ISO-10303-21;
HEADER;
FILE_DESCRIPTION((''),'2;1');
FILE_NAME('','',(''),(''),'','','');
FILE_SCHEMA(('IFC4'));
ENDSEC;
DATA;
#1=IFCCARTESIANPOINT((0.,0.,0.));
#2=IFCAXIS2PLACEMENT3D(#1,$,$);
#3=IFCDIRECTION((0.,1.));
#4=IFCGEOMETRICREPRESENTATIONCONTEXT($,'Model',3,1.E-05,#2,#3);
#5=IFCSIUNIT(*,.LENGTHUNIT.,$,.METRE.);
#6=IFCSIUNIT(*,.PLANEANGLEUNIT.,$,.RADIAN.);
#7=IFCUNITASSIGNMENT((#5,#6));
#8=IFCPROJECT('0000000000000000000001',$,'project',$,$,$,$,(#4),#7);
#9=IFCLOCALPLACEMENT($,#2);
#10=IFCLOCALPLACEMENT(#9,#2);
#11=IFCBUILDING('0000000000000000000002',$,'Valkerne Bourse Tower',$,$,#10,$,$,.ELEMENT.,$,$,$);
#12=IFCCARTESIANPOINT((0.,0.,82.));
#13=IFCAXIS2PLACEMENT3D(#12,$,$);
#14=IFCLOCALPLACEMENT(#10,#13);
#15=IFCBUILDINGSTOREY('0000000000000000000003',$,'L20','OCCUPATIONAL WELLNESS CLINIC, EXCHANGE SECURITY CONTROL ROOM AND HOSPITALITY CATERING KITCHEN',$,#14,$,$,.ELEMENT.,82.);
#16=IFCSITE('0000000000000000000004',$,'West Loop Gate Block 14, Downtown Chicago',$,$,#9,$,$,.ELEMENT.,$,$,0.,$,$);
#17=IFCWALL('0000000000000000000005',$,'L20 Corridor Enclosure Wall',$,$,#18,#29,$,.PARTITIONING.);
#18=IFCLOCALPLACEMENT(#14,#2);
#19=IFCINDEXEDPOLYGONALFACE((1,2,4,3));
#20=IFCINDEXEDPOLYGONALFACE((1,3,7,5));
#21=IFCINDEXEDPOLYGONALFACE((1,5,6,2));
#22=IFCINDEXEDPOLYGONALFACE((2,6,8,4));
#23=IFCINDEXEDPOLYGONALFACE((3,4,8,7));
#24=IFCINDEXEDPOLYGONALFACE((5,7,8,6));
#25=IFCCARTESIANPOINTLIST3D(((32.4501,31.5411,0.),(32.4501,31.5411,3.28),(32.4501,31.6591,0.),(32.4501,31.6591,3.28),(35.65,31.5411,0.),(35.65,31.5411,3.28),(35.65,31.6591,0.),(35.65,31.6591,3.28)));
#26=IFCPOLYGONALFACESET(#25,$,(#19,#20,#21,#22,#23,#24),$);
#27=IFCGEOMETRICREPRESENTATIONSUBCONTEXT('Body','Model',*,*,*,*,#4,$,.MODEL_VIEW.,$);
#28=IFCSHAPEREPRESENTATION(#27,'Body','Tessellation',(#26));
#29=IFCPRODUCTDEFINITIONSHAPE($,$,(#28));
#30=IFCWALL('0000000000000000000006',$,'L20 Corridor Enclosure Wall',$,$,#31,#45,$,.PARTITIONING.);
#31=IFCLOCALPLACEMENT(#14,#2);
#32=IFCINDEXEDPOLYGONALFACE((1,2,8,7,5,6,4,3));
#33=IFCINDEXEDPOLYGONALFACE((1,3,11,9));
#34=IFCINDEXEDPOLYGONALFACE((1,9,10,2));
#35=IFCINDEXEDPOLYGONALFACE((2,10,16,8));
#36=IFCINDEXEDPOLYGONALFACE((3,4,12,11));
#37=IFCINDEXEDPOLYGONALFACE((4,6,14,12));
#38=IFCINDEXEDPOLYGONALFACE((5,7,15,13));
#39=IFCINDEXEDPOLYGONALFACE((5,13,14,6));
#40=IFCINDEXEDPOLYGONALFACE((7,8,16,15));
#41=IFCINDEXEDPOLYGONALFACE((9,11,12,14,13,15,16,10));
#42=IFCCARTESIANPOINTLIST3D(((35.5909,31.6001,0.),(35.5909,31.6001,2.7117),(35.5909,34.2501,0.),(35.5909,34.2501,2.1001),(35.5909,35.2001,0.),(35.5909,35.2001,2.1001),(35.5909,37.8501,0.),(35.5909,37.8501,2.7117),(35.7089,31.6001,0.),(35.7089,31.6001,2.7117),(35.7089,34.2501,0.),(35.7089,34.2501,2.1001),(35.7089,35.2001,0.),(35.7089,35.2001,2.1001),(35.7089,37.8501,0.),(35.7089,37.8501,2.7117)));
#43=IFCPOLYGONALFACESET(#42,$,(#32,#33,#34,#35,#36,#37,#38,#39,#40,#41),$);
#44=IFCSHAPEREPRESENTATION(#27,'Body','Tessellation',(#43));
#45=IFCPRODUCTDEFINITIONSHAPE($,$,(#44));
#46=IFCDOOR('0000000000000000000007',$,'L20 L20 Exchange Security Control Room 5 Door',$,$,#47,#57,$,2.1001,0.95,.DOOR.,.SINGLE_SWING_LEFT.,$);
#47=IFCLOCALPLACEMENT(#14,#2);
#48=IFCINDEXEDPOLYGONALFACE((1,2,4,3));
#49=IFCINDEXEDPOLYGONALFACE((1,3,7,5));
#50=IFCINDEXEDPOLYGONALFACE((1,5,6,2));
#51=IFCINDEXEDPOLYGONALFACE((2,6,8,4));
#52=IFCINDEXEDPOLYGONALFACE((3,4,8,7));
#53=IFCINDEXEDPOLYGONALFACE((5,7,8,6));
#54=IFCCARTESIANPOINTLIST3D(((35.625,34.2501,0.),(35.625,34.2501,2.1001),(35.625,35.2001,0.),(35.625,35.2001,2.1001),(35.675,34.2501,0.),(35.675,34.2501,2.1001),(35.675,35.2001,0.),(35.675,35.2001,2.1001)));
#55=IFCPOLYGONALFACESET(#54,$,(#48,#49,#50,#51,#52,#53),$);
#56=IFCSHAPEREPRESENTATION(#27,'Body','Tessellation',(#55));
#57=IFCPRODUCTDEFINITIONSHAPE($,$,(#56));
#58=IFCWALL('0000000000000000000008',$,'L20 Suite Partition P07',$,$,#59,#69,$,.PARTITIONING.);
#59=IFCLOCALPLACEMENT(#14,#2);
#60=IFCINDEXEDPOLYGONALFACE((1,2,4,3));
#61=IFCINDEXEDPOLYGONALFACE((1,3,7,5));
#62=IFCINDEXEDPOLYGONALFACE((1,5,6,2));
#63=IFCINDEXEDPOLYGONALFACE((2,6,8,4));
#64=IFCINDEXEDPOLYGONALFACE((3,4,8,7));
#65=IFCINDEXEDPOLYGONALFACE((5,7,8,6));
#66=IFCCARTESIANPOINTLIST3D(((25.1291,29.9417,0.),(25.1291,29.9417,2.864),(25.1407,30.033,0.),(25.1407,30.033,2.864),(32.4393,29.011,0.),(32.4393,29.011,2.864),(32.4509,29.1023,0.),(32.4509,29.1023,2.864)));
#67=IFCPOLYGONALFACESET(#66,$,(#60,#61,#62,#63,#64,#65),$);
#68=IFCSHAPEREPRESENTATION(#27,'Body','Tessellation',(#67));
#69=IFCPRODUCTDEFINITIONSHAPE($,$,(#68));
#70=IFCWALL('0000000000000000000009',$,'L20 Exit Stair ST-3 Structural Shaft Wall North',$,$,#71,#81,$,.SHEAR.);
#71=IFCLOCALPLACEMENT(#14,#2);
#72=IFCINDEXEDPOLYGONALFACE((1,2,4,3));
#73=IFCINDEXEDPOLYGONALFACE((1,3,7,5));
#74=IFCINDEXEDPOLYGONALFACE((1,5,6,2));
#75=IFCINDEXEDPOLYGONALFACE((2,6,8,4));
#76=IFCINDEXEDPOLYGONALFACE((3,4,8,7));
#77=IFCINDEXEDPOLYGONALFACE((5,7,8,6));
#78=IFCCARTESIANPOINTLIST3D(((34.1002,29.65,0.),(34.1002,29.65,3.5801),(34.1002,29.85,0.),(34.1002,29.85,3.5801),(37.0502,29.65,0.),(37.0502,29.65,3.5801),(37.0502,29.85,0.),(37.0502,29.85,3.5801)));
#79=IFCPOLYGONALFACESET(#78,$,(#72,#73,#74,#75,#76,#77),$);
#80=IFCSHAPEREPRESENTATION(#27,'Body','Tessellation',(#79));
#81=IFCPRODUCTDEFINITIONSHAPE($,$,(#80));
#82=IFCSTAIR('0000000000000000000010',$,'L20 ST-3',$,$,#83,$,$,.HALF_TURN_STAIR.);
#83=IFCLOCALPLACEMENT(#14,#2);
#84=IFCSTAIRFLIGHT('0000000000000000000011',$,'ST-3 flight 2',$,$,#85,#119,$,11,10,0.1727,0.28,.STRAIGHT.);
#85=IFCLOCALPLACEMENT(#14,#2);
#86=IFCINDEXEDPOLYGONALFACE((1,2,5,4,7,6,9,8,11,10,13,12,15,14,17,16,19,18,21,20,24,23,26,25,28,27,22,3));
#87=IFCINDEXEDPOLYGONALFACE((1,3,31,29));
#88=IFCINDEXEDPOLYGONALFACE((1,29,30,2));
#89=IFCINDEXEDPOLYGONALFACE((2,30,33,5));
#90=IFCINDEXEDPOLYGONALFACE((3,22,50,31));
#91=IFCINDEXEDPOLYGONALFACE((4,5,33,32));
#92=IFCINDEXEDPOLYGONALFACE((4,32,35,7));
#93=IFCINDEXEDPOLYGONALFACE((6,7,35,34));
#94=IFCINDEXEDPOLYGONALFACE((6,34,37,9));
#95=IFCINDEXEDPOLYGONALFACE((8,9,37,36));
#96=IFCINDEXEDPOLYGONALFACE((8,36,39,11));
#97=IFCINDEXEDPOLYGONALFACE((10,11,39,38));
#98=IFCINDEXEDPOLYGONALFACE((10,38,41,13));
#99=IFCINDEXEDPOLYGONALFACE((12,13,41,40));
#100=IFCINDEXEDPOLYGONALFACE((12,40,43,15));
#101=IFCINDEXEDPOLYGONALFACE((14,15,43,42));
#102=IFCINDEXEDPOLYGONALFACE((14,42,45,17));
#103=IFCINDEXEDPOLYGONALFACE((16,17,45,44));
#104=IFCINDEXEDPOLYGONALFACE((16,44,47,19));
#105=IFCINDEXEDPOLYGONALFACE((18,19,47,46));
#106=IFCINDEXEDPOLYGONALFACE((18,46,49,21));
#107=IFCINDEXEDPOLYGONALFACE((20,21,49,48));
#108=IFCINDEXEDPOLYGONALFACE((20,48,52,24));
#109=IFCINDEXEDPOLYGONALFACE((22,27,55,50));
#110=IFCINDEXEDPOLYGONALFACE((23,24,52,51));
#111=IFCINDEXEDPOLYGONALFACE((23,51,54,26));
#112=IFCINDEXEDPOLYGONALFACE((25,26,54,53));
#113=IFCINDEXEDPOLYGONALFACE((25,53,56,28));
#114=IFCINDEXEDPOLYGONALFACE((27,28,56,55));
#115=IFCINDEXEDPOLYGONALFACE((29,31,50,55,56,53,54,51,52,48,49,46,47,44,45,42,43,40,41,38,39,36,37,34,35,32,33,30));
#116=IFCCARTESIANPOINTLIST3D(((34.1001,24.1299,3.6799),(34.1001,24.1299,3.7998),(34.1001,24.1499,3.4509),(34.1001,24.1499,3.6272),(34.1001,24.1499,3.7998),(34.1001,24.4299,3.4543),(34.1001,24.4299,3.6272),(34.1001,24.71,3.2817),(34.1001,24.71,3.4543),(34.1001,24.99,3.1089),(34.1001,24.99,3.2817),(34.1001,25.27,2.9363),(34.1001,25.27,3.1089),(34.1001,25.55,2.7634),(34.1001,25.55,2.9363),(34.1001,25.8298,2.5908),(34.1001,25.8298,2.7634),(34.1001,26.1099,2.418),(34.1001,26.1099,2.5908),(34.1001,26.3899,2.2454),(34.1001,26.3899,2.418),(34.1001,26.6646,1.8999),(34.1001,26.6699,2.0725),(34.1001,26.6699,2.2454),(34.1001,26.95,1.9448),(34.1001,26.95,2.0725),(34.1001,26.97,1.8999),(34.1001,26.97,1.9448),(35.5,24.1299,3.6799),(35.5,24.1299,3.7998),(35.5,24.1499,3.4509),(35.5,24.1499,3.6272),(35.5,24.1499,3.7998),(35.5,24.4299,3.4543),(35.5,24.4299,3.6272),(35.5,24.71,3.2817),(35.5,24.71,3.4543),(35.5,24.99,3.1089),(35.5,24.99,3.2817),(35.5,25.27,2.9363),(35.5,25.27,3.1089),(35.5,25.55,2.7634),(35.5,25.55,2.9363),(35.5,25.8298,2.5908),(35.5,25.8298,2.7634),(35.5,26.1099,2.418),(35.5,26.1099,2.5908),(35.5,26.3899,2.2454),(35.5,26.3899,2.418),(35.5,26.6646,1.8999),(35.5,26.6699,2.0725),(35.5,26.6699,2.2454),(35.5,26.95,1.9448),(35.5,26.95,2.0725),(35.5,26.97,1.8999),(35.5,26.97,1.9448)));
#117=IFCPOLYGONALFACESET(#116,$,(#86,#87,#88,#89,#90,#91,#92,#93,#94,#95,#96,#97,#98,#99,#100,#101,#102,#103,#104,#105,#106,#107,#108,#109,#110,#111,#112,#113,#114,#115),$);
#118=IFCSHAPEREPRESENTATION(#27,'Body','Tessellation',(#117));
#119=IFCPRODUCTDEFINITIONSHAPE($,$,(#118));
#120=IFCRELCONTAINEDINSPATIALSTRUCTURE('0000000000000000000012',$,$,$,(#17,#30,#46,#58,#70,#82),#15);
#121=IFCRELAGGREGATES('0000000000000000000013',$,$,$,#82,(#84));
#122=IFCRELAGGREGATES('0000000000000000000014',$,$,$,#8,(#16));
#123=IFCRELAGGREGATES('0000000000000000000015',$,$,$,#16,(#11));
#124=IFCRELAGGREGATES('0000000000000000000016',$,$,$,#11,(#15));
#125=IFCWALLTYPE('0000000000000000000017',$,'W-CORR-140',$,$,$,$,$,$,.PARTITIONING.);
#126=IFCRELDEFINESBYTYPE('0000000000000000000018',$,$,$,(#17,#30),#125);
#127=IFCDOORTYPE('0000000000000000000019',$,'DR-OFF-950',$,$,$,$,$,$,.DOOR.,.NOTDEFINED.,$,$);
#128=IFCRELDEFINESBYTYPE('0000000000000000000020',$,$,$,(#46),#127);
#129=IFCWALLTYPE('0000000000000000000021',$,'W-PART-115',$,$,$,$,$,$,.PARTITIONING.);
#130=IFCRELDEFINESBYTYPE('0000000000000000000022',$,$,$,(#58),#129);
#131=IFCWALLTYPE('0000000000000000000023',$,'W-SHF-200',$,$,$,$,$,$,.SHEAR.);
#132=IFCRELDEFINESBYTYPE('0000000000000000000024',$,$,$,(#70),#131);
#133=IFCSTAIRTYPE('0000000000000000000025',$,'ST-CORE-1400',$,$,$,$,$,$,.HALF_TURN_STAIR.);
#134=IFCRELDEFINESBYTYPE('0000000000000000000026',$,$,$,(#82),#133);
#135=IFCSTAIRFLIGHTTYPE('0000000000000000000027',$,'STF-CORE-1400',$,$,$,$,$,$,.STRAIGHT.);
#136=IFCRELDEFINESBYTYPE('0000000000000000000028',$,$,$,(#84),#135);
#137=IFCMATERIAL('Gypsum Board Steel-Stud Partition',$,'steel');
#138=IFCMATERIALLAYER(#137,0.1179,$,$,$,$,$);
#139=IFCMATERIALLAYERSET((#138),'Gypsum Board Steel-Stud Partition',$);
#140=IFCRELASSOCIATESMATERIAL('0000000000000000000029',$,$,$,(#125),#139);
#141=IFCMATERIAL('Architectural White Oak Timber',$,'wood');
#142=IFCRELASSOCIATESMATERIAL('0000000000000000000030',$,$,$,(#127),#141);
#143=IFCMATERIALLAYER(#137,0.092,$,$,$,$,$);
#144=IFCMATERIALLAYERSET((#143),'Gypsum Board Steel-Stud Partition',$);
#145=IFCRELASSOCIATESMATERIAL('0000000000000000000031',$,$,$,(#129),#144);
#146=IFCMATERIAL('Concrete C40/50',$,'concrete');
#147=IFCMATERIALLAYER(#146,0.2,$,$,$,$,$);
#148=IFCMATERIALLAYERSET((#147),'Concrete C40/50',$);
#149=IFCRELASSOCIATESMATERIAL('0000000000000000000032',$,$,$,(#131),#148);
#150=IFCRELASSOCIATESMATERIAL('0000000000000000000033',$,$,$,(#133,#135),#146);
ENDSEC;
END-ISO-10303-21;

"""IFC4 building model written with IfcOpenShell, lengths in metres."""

from ifc_helpers import new_model, si_unit, direction, frame, frame_2d, origin, place, context, subcontext, project, spatial, polyline, rectangle, outline, extrude, material, layer, layer_set, type_object, element, fill, aggregate, save


model = new_model("IFC4")

# Units and contexts
model_context = context("Model", 3, precision=1e-05, world=origin(), true_north=direction((0.0, 1.0)))
body_context = subcontext(model_context, "Body", "Model", "MODEL_VIEW")
ifc_project = project(units=[si_unit("LENGTHUNIT", "METRE"), si_unit("PLANEANGLEUNIT", "RADIAN")], contexts=[model_context])

# Site, building, storey
site_placement = place(None, origin())
site = spatial("IfcSite", under=ifc_project, at=site_placement, Name="West Loop Gate Block 14, Downtown Chicago", CompositionType="ELEMENT", RefElevation=0.0)
building_placement = place(site_placement, origin())
building = spatial("IfcBuilding", under=site, at=building_placement, Name="Valkerne Bourse Tower", CompositionType="ELEMENT")
storey_placement = place(building_placement, frame((0.0, 0.0, 82.0)))
storey = spatial("IfcBuildingStorey", under=building, at=storey_placement, Name="L20", Description="OCCUPATIONAL WELLNESS CLINIC, EXCHANGE SECURITY CONTROL ROOM AND HOSPITALITY CATERING KITCHEN", CompositionType="ELEMENT", Elevation=82.0)

# Shared definitions
ifc_material_1 = material(Name="Gypsum Board Steel-Stud Partition", Category="steel")
ifc_layer_1 = layer(ifc_material_1, 0.1179)
ifc_layer_set_1 = layer_set([ifc_layer_1], Name="Gypsum Board Steel-Stud Partition")
wall_type_1 = type_object("IfcWallType", Name="W-CORR-140", PredefinedType="PARTITIONING", material=ifc_layer_set_1)
ifc_material_2 = material(Name="Architectural White Oak Timber", Category="wood")
door_type = type_object("IfcDoorType", Name="DR-OFF-950", OperationType="NOTDEFINED", PredefinedType="DOOR", material=ifc_material_2)

# Wall
wall_1_placement = place(storey_placement, frame((32.45, 31.6001, 0.0), z_axis=(0.0, 0.0, 1.0), x_axis=(1.0, 0.0, 0.0)))
element("IfcWall", 1, at=wall_1_placement, inside=storey, type_object=wall_type_1, Name="L20 Corridor Enclosure Wall", PredefinedType="PARTITIONING", context=body_context, shape_type="SweptSolid", body=[
    extrude(rectangle(XDim=3.2, YDim=0.1179, at=frame_2d((1.6001, 0.0))), origin(), (0.0, 0.0, 1.0), 3.28),
])

# Wall, opening, door
wall_2_placement = place(storey_placement, frame((35.6499, 31.6001, 0.0), z_axis=(0.0, 0.0, 1.0), x_axis=(0.0, 1.0, 0.0)))
wall_2 = element("IfcWall", 2, at=wall_2_placement, inside=storey, type_object=wall_type_1, Name="L20 Corridor Enclosure Wall", PredefinedType="PARTITIONING", context=body_context, shape_type="SweptSolid", body=[
    extrude(rectangle(XDim=6.25, YDim=0.1179, at=frame_2d((3.125, 0.0))), origin(), (0.0, 0.0, 1.0), 2.7117),
])
opening_1_placement = place(wall_2_placement, frame((2.6499, 0.0, 0.0)))
opening_1 = element("IfcOpeningElement", 3, at=opening_1_placement, cuts=wall_2, PredefinedType="OPENING", context=body_context, shape_type="SweptSolid", body=[
    extrude(rectangle(XDim=0.95, YDim=2.1001, at=frame_2d((0.4751, 1.05))), frame((0.0, 0.0688, 0.0), z_axis=(0.0, -1.0, 0.0), x_axis=(1.0, 0.0, 0.0)), (0.0, 0.0, 1.0), 0.1379),
])
door_1_placement = place(opening_1_placement, origin())
door_1 = element("IfcDoor", 4, at=door_1_placement, inside=storey, type_object=door_type, Name="L20 L20 Exchange Security Control Room 5 Door", OperationType="SINGLE_SWING_LEFT", OverallHeight=2.1001, OverallWidth=0.95, PredefinedType="DOOR", context=body_context, shape_type="SweptSolid", body=[
    extrude(rectangle(XDim=0.95, YDim=2.1001, at=frame_2d((0.4751, 1.05))), frame((0.0, 0.0249, 0.0), z_axis=(0.0, -1.0, 0.0), x_axis=(1.0, 0.0, 0.0)), (0.0, 0.0, 1.0), 0.05),
])
fill(opening_1, door_1)

# Walls
ifc_layer_2 = layer(ifc_material_1, 0.092)
ifc_layer_set_2 = layer_set([ifc_layer_2], Name="Gypsum Board Steel-Stud Partition")
wall_type_2 = type_object("IfcWallType", Name="W-PART-115", PredefinedType="PARTITIONING", material=ifc_layer_set_2)
wall_3_placement = place(storey_placement, frame((32.4451, 29.0566, 0.0), z_axis=(0.0, 0.0, 1.0), x_axis=(-0.991993, 0.126293, 0.0)))
element("IfcWall", 5, at=wall_3_placement, inside=storey, type_object=wall_type_2, Name="L20 Suite Partition P07", PredefinedType="PARTITIONING", context=body_context, shape_type="SweptSolid", body=[
    extrude(rectangle(XDim=7.3691, YDim=0.092, at=frame_2d((3.6846, 0.0))), origin(), (0.0, 0.0, 1.0), 2.864),
])
ifc_material_3 = material(Name="Concrete C40/50", Category="concrete")
ifc_layer_3 = layer(ifc_material_3, 0.2)
ifc_layer_set_3 = layer_set([ifc_layer_3], Name="Concrete C40/50")
wall_type_3 = type_object("IfcWallType", Name="W-SHF-200", PredefinedType="SHEAR", material=ifc_layer_set_3)
wall_4_placement = place(storey_placement, frame((34.1001, 29.75, 0.0), z_axis=(0.0, 0.0, 1.0), x_axis=(1.0, 0.0, 0.0)))
element("IfcWall", 6, at=wall_4_placement, inside=storey, type_object=wall_type_3, Name="L20 Exit Stair ST-3 Structural Shaft Wall North", PredefinedType="SHEAR", context=body_context, shape_type="SweptSolid", body=[
    extrude(rectangle(XDim=2.95, YDim=0.2, at=frame_2d((1.4751, 0.0))), origin(), (0.0, 0.0, 1.0), 3.5801),
])

# Stair, stair flight
stair_type = type_object("IfcStairType", Name="ST-CORE-1400", PredefinedType="HALF_TURN_STAIR", material=ifc_material_3)
stair_placement = place(storey_placement, origin())
stair = element("IfcStair", 7, at=stair_placement, inside=storey, type_object=stair_type, Name="L20 ST-3", PredefinedType="HALF_TURN_STAIR")
stair_flight_type = type_object("IfcStairFlightType", Name="STF-CORE-1400", PredefinedType="STRAIGHT", material=ifc_material_3)
stair_flight_placement = place(storey_placement, frame((34.8, 26.95, 1.8999), z_axis=(0.0, 0.0, 1.0), x_axis=(0.0, -1.0, 0.0)))
stair_flight = element("IfcStairFlight", 8, at=stair_flight_placement, type_object=stair_flight_type, Name="ST-3 flight 2", NumberOfRisers=11, NumberOfTreads=10, PredefinedType="STRAIGHT", RiserHeight=0.1727, TreadLength=0.28, context=body_context, shape_type="SweptSolid", body=[
    extrude(outline(polyline([(-0.02, 0.0), (-0.02, 0.0449), (0.0, 0.0449), (0.0, 0.1726), (0.28, 0.1726), (0.28, 0.3455), (0.5601, 0.3455), (0.5601, 0.5181), (0.8401, 0.5181), (0.8401, 0.6909), (1.1201, 0.6909), (1.1201, 0.8635), (1.3999, 0.8635), (1.3999, 1.0364), (1.6799, 1.0364), (1.6799, 1.209), (1.96, 1.209), (1.96, 1.3818), (2.24, 1.3818), (2.24, 1.5544), (2.52, 1.5544), (2.52, 1.7273), (2.8, 1.7273), (2.8, 1.8999), (2.8201, 1.8999), (2.8201, 1.78), (2.8, 1.551), (0.2854, 0.0), (-0.02, 0.0)])), frame((0.0, 0.7, 0.0), z_axis=(0.0, -1.0, 0.0), x_axis=(1.0, 0.0, 0.0)), (0.0, 0.0, 1.0), 1.3999),
])
aggregate(stair, [stair_flight])

save(model, "model.ifc")
